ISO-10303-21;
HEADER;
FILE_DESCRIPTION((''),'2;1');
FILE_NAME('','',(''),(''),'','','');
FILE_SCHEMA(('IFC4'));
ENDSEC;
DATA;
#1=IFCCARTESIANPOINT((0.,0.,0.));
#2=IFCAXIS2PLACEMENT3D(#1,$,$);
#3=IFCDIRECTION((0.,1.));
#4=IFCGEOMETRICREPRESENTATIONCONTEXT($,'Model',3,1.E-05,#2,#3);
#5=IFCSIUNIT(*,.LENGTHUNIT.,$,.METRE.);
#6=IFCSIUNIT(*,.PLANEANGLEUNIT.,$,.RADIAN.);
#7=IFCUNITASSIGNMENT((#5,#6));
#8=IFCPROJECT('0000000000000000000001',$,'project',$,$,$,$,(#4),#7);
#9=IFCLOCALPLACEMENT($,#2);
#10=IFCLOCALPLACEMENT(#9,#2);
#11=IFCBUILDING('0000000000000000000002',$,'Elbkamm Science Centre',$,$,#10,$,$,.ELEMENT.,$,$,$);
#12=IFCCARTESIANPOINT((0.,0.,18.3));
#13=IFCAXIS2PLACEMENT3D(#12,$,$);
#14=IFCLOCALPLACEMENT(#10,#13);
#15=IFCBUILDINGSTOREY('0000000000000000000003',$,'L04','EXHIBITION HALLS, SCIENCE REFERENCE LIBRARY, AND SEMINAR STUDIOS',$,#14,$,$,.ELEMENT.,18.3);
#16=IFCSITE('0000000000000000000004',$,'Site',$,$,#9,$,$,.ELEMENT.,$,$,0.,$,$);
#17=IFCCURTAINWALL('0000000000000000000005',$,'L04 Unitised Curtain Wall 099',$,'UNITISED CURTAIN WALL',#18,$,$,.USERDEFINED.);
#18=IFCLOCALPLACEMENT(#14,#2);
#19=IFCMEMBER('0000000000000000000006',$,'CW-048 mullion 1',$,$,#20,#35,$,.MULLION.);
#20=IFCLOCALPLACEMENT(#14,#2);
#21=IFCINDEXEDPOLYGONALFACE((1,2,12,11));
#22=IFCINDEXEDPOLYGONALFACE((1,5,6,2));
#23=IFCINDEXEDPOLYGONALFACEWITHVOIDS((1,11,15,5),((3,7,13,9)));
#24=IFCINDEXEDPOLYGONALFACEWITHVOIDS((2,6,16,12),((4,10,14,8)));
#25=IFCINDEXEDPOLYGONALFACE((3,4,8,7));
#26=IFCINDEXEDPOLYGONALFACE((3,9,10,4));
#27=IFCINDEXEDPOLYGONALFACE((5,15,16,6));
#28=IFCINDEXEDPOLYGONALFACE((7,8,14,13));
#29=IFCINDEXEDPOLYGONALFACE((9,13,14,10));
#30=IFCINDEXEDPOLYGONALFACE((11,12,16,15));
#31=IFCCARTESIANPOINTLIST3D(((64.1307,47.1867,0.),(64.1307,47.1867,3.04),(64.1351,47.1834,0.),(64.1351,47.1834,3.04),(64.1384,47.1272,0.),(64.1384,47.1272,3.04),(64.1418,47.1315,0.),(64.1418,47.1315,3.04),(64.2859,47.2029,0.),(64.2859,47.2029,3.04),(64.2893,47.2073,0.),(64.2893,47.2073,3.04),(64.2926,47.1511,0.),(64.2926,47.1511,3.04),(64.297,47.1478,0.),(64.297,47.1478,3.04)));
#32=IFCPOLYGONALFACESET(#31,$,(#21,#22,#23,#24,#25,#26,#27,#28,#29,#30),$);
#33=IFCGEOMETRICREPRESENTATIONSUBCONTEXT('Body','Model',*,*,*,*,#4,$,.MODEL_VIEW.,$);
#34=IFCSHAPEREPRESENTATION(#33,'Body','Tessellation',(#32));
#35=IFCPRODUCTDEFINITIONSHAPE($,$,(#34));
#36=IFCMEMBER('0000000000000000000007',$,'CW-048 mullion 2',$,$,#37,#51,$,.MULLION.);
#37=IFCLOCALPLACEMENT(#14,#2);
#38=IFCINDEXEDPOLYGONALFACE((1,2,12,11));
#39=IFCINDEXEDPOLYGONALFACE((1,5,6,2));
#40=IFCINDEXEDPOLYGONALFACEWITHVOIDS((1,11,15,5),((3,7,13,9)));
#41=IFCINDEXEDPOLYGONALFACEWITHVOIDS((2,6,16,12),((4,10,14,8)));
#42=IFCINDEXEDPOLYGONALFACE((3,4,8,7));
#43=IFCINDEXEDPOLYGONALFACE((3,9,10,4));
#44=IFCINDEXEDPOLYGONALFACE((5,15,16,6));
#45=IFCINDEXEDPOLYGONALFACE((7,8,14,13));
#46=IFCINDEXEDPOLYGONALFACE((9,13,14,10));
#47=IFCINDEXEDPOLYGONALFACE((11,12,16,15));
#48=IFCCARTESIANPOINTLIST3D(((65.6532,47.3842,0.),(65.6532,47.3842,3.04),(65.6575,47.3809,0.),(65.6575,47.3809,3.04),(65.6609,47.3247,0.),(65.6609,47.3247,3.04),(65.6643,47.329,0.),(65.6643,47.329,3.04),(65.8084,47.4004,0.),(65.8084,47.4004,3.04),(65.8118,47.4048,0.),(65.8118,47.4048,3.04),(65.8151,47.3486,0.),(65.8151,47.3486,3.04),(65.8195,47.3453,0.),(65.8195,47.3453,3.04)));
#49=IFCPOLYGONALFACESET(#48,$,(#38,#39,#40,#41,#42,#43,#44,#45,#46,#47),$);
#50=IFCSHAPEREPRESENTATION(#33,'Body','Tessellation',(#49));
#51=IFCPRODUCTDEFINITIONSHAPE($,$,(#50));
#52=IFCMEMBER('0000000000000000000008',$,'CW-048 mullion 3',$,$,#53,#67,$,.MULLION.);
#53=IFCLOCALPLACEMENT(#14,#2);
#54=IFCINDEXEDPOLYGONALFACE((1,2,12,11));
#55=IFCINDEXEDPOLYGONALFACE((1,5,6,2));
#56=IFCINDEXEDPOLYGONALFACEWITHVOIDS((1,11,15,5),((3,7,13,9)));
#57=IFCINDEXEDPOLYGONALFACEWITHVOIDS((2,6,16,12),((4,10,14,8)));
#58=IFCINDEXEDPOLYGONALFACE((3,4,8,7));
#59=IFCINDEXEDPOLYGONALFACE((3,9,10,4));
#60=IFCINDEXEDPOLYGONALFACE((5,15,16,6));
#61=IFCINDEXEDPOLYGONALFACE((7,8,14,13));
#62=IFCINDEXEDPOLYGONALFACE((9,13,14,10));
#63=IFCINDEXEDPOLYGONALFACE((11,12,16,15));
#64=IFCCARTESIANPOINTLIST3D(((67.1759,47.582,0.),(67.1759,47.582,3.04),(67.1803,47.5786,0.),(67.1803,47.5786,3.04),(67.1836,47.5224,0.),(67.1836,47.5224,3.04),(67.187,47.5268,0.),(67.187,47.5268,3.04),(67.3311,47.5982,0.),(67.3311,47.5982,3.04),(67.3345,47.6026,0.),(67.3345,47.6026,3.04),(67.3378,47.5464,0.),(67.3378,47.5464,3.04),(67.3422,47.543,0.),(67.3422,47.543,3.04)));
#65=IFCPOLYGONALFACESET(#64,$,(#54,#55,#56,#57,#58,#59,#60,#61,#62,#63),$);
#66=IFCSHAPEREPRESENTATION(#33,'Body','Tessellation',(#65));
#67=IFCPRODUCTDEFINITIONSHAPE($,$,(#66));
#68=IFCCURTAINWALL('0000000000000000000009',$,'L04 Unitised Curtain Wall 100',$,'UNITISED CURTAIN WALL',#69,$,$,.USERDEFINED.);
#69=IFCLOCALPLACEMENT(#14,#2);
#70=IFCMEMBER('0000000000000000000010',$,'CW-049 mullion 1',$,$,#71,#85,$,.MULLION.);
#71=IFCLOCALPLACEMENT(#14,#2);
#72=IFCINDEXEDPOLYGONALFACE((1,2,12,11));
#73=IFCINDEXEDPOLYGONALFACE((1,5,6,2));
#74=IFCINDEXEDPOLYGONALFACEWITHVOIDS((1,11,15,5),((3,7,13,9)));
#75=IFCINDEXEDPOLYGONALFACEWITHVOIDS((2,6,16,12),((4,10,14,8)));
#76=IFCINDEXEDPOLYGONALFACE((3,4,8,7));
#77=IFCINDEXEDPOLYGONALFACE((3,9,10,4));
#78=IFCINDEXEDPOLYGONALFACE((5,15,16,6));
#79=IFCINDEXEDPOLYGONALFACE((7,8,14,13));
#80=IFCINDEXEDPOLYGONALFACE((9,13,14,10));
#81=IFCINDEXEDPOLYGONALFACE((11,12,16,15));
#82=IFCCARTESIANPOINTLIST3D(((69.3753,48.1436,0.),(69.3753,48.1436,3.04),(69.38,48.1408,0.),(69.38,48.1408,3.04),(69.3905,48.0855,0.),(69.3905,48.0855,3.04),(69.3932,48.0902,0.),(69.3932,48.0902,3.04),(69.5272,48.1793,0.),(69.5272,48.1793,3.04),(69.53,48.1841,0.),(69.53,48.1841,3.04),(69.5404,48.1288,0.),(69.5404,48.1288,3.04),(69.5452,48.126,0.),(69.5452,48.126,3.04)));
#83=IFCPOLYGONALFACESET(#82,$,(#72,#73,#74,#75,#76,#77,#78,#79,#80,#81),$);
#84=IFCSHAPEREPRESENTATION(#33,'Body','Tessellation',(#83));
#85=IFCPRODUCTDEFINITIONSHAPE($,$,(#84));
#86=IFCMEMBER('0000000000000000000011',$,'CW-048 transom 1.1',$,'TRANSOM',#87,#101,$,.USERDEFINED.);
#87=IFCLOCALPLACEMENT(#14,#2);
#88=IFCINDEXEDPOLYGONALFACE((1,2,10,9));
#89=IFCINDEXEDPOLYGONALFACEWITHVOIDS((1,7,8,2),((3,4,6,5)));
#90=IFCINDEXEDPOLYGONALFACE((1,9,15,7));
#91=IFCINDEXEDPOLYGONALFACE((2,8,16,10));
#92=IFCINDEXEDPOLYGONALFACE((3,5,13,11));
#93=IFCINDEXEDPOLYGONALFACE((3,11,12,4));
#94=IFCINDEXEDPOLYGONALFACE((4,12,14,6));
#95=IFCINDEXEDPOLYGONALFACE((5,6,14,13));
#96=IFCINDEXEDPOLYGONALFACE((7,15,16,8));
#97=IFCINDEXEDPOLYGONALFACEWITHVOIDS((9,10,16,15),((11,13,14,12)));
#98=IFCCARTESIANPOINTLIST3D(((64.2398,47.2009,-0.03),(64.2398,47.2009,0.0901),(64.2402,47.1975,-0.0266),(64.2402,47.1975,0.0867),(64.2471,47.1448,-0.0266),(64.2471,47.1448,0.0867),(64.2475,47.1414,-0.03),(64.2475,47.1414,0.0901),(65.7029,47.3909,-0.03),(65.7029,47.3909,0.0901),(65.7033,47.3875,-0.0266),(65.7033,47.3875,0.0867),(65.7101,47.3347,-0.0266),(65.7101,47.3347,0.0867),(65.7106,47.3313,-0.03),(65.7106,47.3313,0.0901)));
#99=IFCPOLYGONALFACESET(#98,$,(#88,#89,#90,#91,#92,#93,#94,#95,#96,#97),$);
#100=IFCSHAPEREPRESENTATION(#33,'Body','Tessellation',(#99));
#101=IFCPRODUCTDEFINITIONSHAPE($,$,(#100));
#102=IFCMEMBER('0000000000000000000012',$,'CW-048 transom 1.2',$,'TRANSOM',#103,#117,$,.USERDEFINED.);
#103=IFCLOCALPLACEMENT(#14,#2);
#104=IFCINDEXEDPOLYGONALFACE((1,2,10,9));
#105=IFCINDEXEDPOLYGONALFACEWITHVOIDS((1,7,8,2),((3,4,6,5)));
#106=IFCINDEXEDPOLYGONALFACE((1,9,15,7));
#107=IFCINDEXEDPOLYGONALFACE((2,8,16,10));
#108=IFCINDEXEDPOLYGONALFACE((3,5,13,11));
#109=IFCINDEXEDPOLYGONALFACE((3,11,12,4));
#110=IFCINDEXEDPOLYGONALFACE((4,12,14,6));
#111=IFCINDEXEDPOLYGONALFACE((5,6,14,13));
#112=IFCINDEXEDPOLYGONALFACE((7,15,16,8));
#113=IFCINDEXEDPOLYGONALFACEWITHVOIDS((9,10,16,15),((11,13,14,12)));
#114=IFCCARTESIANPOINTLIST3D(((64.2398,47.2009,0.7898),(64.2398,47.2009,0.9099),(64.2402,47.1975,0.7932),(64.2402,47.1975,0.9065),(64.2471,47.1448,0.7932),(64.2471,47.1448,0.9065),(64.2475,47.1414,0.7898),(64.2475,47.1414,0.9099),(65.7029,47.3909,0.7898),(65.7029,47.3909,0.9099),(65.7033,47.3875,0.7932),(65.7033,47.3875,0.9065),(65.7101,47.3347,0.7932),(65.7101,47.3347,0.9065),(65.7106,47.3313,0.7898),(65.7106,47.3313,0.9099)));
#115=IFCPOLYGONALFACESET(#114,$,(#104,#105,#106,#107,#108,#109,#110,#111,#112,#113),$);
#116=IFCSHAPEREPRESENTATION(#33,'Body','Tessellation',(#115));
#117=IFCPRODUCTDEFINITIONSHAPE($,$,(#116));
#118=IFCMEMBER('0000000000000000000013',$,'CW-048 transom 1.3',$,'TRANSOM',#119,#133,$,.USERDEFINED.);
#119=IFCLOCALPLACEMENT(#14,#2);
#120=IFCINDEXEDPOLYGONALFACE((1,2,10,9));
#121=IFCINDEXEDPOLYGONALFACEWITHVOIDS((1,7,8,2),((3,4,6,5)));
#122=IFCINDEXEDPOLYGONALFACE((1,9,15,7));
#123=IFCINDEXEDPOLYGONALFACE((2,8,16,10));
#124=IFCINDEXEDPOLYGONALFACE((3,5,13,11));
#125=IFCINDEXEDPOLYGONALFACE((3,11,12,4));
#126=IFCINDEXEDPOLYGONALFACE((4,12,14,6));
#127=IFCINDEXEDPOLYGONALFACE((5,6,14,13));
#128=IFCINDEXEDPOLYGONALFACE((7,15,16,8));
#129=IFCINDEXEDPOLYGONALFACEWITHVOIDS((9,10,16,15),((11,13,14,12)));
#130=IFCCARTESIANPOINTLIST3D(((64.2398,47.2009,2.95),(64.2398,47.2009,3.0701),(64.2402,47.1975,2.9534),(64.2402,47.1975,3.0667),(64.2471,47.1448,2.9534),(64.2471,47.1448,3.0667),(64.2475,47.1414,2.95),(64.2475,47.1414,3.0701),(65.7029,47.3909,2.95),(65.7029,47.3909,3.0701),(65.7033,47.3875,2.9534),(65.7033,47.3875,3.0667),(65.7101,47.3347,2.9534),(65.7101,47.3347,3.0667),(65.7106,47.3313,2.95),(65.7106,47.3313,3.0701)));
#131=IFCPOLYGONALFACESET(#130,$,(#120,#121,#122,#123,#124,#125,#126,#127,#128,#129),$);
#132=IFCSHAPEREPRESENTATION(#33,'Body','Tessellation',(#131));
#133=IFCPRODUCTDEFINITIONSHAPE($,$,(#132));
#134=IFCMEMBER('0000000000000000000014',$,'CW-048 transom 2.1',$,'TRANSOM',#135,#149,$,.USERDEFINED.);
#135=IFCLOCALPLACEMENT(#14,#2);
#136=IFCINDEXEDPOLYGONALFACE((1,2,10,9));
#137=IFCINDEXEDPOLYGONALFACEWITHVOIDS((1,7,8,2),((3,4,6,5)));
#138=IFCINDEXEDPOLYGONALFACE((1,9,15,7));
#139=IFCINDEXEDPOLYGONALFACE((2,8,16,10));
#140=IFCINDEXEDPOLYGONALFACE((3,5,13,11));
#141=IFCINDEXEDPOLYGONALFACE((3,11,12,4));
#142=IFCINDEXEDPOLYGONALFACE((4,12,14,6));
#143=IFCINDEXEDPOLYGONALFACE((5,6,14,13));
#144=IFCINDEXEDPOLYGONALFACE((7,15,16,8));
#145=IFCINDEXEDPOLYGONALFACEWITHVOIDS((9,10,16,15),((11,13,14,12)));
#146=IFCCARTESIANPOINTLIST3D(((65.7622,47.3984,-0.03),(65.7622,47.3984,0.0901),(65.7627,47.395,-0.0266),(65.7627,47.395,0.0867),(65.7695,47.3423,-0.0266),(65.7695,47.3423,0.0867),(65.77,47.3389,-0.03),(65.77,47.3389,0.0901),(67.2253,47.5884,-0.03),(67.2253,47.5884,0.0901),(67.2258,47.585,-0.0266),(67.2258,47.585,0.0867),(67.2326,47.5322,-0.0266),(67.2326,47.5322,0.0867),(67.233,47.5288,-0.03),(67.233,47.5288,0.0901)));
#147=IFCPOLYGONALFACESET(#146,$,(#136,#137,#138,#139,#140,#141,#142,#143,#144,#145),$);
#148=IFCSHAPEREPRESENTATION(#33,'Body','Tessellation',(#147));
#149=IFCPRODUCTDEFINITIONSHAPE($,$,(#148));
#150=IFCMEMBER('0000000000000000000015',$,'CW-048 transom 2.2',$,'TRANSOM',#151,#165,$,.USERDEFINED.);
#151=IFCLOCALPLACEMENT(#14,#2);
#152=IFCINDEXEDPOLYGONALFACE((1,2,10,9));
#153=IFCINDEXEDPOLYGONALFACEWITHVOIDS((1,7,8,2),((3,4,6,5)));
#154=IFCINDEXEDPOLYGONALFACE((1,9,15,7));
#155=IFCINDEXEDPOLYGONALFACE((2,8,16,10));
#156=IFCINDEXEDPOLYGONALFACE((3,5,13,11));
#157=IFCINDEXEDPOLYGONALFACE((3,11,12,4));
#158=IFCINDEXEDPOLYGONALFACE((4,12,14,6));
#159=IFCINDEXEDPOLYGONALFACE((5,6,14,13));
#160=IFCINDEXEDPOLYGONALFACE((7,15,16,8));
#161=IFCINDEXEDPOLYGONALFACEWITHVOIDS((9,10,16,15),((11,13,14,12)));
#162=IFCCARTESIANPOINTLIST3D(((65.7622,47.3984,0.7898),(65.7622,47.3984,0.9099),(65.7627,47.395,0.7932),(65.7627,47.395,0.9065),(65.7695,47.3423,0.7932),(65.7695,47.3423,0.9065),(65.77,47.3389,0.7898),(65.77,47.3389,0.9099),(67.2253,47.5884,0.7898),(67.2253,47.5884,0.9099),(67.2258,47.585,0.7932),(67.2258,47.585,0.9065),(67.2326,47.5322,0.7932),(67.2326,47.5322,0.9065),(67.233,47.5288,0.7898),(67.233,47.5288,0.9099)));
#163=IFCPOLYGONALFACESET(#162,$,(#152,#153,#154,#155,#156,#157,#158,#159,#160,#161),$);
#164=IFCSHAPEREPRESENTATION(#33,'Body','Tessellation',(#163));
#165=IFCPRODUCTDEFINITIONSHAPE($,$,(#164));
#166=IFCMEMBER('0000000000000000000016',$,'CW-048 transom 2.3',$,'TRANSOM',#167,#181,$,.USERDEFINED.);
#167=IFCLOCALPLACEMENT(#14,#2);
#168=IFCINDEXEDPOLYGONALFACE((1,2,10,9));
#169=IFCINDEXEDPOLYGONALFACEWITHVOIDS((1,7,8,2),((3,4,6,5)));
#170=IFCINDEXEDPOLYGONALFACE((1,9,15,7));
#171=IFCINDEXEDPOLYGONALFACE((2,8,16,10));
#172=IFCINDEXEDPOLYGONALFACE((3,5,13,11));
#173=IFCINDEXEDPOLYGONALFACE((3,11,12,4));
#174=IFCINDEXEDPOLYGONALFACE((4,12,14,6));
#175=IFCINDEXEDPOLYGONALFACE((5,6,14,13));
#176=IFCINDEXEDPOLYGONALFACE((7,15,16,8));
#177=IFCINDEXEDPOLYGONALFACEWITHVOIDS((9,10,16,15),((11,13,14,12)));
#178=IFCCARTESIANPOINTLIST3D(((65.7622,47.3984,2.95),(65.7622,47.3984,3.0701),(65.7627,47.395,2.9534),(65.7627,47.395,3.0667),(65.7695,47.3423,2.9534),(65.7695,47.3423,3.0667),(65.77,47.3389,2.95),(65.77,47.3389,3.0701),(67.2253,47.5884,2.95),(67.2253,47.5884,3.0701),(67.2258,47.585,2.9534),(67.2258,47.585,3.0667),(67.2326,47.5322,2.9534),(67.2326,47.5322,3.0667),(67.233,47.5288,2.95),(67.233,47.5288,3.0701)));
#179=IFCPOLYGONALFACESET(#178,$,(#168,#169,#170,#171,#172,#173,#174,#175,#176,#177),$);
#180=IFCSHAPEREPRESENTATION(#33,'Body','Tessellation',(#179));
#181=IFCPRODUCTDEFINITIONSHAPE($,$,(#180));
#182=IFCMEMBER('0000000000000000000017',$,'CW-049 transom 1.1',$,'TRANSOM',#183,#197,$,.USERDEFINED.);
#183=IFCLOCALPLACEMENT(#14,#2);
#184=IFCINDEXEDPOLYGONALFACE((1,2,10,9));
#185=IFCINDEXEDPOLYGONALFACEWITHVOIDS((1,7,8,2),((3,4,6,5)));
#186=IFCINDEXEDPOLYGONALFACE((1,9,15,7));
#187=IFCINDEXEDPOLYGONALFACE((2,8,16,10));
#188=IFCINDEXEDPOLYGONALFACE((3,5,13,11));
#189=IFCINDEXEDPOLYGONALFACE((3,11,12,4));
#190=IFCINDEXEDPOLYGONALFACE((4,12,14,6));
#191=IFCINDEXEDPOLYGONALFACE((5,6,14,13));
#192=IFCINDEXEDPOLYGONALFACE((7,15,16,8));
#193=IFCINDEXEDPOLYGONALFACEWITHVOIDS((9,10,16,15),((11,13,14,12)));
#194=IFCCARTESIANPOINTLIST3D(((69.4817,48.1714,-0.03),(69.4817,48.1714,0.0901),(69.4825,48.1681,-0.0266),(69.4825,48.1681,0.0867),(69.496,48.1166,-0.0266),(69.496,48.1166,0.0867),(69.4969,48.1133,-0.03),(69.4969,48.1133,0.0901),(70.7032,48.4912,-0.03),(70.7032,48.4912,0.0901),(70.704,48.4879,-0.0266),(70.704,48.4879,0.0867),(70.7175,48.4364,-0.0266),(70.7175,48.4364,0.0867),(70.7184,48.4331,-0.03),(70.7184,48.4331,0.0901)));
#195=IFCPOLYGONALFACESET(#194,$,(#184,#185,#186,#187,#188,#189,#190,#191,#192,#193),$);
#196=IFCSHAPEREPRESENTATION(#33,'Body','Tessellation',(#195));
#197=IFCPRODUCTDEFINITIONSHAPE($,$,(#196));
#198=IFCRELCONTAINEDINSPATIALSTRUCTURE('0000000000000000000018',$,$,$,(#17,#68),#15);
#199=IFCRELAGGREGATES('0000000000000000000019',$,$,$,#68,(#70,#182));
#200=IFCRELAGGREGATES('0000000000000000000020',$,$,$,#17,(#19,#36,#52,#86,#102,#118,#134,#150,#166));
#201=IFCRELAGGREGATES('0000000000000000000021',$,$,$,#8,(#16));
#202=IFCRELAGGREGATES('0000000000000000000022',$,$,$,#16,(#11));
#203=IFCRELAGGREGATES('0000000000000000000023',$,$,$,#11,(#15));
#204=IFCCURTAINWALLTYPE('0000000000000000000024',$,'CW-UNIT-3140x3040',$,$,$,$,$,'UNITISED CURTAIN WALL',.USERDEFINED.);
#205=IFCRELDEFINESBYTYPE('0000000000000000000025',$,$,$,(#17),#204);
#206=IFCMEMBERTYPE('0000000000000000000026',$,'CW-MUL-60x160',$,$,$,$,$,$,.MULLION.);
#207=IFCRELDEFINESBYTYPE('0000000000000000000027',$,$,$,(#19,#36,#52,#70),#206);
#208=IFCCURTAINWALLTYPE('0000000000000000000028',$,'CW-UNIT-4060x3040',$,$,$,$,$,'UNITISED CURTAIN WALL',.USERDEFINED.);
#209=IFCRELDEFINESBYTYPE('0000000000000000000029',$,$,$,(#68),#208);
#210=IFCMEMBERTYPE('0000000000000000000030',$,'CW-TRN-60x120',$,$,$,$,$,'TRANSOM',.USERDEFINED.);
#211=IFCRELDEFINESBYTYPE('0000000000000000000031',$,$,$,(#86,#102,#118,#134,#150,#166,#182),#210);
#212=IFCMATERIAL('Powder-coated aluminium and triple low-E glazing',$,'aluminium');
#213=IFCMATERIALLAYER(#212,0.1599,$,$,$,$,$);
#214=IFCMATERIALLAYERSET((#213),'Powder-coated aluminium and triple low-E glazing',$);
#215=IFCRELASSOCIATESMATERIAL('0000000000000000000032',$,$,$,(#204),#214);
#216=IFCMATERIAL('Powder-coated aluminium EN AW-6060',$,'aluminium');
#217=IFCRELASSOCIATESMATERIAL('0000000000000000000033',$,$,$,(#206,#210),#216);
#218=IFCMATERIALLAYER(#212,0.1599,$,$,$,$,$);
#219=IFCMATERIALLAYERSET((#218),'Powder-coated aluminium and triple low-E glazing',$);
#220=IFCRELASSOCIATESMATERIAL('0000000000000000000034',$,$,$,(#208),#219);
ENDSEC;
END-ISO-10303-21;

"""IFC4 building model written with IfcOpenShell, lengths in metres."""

from ifc_helpers import new_model, si_unit, direction, frame, origin, origin_2d, place, context, subcontext, project, spatial, hollow_rectangle, extrude, material, layer, layer_set, material_profile, profile_set, type_object, element, aggregate, save


model = new_model("IFC4")

# Units and contexts
model_context = context("Model", 3, precision=1e-05, world=origin(), true_north=direction((0.0, 1.0)))
body_context = subcontext(model_context, "Body", "Model", "MODEL_VIEW")
ifc_project = project(units=[si_unit("LENGTHUNIT", "METRE"), si_unit("PLANEANGLEUNIT", "RADIAN")], contexts=[model_context])

# Site, building, storey
site_placement = place(None, origin())
site = spatial("IfcSite", under=ifc_project, at=site_placement, Name="Site", CompositionType="ELEMENT", RefElevation=0.0)
building_placement = place(site_placement, origin())
building = spatial("IfcBuilding", under=site, at=building_placement, Name="Elbkamm Science Centre", CompositionType="ELEMENT")
storey_placement = place(building_placement, frame((0.0, 0.0, 18.3)))
storey = spatial("IfcBuildingStorey", under=building, at=storey_placement, Name="L04", Description="EXHIBITION HALLS, SCIENCE REFERENCE LIBRARY, AND SEMINAR STUDIOS", CompositionType="ELEMENT", Elevation=18.3)

# Curtain wall, members
ifc_material_1 = material(Name="Powder-coated aluminium and triple low-E glazing", Category="aluminium")
ifc_layer_1 = layer(ifc_material_1, 0.1599)
ifc_layer_set_1 = layer_set([ifc_layer_1], Name="Powder-coated aluminium and triple low-E glazing")
curtain_wall_type_1 = type_object("IfcCurtainWallType", Name="CW-UNIT-3140x3040", ElementType="UNITISED CURTAIN WALL", PredefinedType="USERDEFINED", material=ifc_layer_set_1)
curtain_wall_1_placement = place(storey_placement, origin())
curtain_wall_1 = element("IfcCurtainWall", 1, at=curtain_wall_1_placement, inside=storey, type_object=curtain_wall_type_1, Name="L04 Unitised Curtain Wall 099", ObjectType="UNITISED CURTAIN WALL", PredefinedType="USERDEFINED")
ifc_material_2 = material(Name="Powder-coated aluminium EN AW-6060", Category="aluminium")
ifc_material_profile_1 = material_profile(ifc_material_2, hollow_rectangle(XDim=0.0601, YDim=0.1599, WallThickness=0.0039, at=origin_2d()), Name="ALU M60x160")
ifc_profile_set_1 = profile_set([ifc_material_profile_1], Name="Powder-coated aluminium EN AW-6060")
member_type_1 = type_object("IfcMemberType", Name="CW-MUL-60x160", PredefinedType="MULLION", material=ifc_profile_set_1)
member_1_placement = place(storey_placement, frame((64.2139, 47.1672, 0.0), z_axis=(0.0, 0.0, 1.0), x_axis=(-0.128755, 0.991676, 0.0)))
member_1 = element("IfcMember", 2, at=member_1_placement, type_object=member_type_1, Name="CW-048 mullion 1", PredefinedType="MULLION", context=body_context, shape_type="SweptSolid", body=[
    extrude(hollow_rectangle(XDim=0.0601, YDim=0.1599, WallThickness=0.0039, at=origin_2d()), origin(), (0.0, 0.0, 1.0), 3.04),
])
member_2_placement = place(storey_placement, frame((65.7363, 47.3647, 0.0), z_axis=(0.0, 0.0, 1.0), x_axis=(-0.128755, 0.991676, 0.0)))
member_2 = element("IfcMember", 3, at=member_2_placement, type_object=member_type_1, Name="CW-048 mullion 2", PredefinedType="MULLION", context=body_context, shape_type="SweptSolid", body=[
    extrude(hollow_rectangle(XDim=0.0601, YDim=0.1599, WallThickness=0.0039, at=origin_2d()), origin(), (0.0, 0.0, 1.0), 3.04),
])
member_3_placement = place(storey_placement, frame((67.259, 47.5625, 0.0), z_axis=(0.0, 0.0, 1.0), x_axis=(-0.128755, 0.991676, 0.0)))
member_3 = element("IfcMember", 4, at=member_3_placement, type_object=member_type_1, Name="CW-048 mullion 3", PredefinedType="MULLION", context=body_context, shape_type="SweptSolid", body=[
    extrude(hollow_rectangle(XDim=0.0601, YDim=0.1599, WallThickness=0.0039, at=origin_2d()), origin(), (0.0, 0.0, 1.0), 3.04),
])

# Curtain wall, member
ifc_layer_2 = layer(ifc_material_1, 0.1599)
ifc_layer_set_2 = layer_set([ifc_layer_2], Name="Powder-coated aluminium and triple low-E glazing")
curtain_wall_type_2 = type_object("IfcCurtainWallType", Name="CW-UNIT-4060x3040", ElementType="UNITISED CURTAIN WALL", PredefinedType="USERDEFINED", material=ifc_layer_set_2)
curtain_wall_2_placement = place(storey_placement, origin())
curtain_wall_2 = element("IfcCurtainWall", 5, at=curtain_wall_2_placement, inside=storey, type_object=curtain_wall_type_2, Name="L04 Unitised Curtain Wall 100", ObjectType="UNITISED CURTAIN WALL", PredefinedType="USERDEFINED")
member_4_placement = place(storey_placement, frame((69.4602, 48.1348, 0.0), z_axis=(0.0, 0.0, 1.0), x_axis=(-0.253208, 0.967412, 0.0)))
member_4 = element("IfcMember", 6, at=member_4_placement, type_object=member_type_1, Name="CW-049 mullion 1", PredefinedType="MULLION", context=body_context, shape_type="SweptSolid", body=[
    extrude(hollow_rectangle(XDim=0.0601, YDim=0.1599, WallThickness=0.0039, at=origin_2d()), origin(), (0.0, 0.0, 1.0), 3.04),
])

# Members
ifc_material_profile_2 = material_profile(ifc_material_2, hollow_rectangle(XDim=0.0601, YDim=0.1201, WallThickness=0.0034, at=origin_2d()), Name="ALU T60x120")
ifc_profile_set_2 = profile_set([ifc_material_profile_2], Name="Powder-coated aluminium EN AW-6060")
member_type_2 = type_object("IfcMemberType", Name="CW-TRN-60x120", ElementType="TRANSOM", PredefinedType="USERDEFINED", material=ifc_profile_set_2)
member_5_placement = place(storey_placement, frame((64.2437, 47.1711, 0.03), z_axis=(0.991679, 0.128738, 0.0), x_axis=(-0.128738, 0.991679, 0.0)))
member_5 = element("IfcMember", 7, at=member_5_placement, type_object=member_type_2, Name="CW-048 transom 1.1", ObjectType="TRANSOM", PredefinedType="USERDEFINED", context=body_context, shape_type="SweptSolid", body=[
    extrude(hollow_rectangle(XDim=0.0601, YDim=0.1201, WallThickness=0.0034, at=origin_2d()), origin(), (0.0, 0.0, 1.0), 1.4753),
])
member_6_placement = place(storey_placement, frame((64.2437, 47.1711, 0.8499), z_axis=(0.991679, 0.128738, 0.0), x_axis=(-0.128738, 0.991679, 0.0)))
member_6 = element("IfcMember", 8, at=member_6_placement, type_object=member_type_2, Name="CW-048 transom 1.2", ObjectType="TRANSOM", PredefinedType="USERDEFINED", context=body_context, shape_type="SweptSolid", body=[
    extrude(hollow_rectangle(XDim=0.0601, YDim=0.1201, WallThickness=0.0034, at=origin_2d()), origin(), (0.0, 0.0, 1.0), 1.4753),
])
member_7_placement = place(storey_placement, frame((64.2437, 47.1711, 3.01), z_axis=(0.991679, 0.128738, 0.0), x_axis=(-0.128738, 0.991679, 0.0)))
member_7 = element("IfcMember", 9, at=member_7_placement, type_object=member_type_2, Name="CW-048 transom 1.3", ObjectType="TRANSOM", PredefinedType="USERDEFINED", context=body_context, shape_type="SweptSolid", body=[
    extrude(hollow_rectangle(XDim=0.0601, YDim=0.1201, WallThickness=0.0034, at=origin_2d()), origin(), (0.0, 0.0, 1.0), 1.4753),
])
member_8_placement = place(storey_placement, frame((65.7661, 47.3687, 0.03), z_axis=(0.991679, 0.128738, 0.0), x_axis=(-0.128738, 0.991679, 0.0)))
member_8 = element("IfcMember", 10, at=member_8_placement, type_object=member_type_2, Name="CW-048 transom 2.1", ObjectType="TRANSOM", PredefinedType="USERDEFINED", context=body_context, shape_type="SweptSolid", body=[
    extrude(hollow_rectangle(XDim=0.0601, YDim=0.1201, WallThickness=0.0034, at=origin_2d()), origin(), (0.0, 0.0, 1.0), 1.4753),
])
member_9_placement = place(storey_placement, frame((65.7661, 47.3687, 0.8499), z_axis=(0.991679, 0.128738, 0.0), x_axis=(-0.128738, 0.991679, 0.0)))
member_9 = element("IfcMember", 11, at=member_9_placement, type_object=member_type_2, Name="CW-048 transom 2.2", ObjectType="TRANSOM", PredefinedType="USERDEFINED", context=body_context, shape_type="SweptSolid", body=[
    extrude(hollow_rectangle(XDim=0.0601, YDim=0.1201, WallThickness=0.0034, at=origin_2d()), origin(), (0.0, 0.0, 1.0), 1.4753),
])
member_10_placement = place(storey_placement, frame((65.7661, 47.3687, 3.01), z_axis=(0.991679, 0.128738, 0.0), x_axis=(-0.128738, 0.991679, 0.0)))
member_10 = element("IfcMember", 12, at=member_10_placement, type_object=member_type_2, Name="CW-048 transom 2.3", ObjectType="TRANSOM", PredefinedType="USERDEFINED", context=body_context, shape_type="SweptSolid", body=[
    extrude(hollow_rectangle(XDim=0.0601, YDim=0.1201, WallThickness=0.0034, at=origin_2d()), origin(), (0.0, 0.0, 1.0), 1.4753),
])
member_11_placement = place(storey_placement, frame((69.4893, 48.1423, 0.03), z_axis=(0.967387, 0.253303, 0.0), x_axis=(-0.253303, 0.967387, 0.0)))
member_11 = element("IfcMember", 13, at=member_11_placement, type_object=member_type_2, Name="CW-049 transom 1.1", ObjectType="TRANSOM", PredefinedType="USERDEFINED", context=body_context, shape_type="SweptSolid", body=[
    extrude(hollow_rectangle(XDim=0.0601, YDim=0.1201, WallThickness=0.0034, at=origin_2d()), origin(), (0.0, 0.0, 1.0), 1.2627),
])
aggregate(curtain_wall_2, [member_4, member_11])

aggregate(curtain_wall_1, [member_1, member_2, member_3, member_5, member_6, member_7, member_8, member_9, member_10])

save(model, "model.ifc")
